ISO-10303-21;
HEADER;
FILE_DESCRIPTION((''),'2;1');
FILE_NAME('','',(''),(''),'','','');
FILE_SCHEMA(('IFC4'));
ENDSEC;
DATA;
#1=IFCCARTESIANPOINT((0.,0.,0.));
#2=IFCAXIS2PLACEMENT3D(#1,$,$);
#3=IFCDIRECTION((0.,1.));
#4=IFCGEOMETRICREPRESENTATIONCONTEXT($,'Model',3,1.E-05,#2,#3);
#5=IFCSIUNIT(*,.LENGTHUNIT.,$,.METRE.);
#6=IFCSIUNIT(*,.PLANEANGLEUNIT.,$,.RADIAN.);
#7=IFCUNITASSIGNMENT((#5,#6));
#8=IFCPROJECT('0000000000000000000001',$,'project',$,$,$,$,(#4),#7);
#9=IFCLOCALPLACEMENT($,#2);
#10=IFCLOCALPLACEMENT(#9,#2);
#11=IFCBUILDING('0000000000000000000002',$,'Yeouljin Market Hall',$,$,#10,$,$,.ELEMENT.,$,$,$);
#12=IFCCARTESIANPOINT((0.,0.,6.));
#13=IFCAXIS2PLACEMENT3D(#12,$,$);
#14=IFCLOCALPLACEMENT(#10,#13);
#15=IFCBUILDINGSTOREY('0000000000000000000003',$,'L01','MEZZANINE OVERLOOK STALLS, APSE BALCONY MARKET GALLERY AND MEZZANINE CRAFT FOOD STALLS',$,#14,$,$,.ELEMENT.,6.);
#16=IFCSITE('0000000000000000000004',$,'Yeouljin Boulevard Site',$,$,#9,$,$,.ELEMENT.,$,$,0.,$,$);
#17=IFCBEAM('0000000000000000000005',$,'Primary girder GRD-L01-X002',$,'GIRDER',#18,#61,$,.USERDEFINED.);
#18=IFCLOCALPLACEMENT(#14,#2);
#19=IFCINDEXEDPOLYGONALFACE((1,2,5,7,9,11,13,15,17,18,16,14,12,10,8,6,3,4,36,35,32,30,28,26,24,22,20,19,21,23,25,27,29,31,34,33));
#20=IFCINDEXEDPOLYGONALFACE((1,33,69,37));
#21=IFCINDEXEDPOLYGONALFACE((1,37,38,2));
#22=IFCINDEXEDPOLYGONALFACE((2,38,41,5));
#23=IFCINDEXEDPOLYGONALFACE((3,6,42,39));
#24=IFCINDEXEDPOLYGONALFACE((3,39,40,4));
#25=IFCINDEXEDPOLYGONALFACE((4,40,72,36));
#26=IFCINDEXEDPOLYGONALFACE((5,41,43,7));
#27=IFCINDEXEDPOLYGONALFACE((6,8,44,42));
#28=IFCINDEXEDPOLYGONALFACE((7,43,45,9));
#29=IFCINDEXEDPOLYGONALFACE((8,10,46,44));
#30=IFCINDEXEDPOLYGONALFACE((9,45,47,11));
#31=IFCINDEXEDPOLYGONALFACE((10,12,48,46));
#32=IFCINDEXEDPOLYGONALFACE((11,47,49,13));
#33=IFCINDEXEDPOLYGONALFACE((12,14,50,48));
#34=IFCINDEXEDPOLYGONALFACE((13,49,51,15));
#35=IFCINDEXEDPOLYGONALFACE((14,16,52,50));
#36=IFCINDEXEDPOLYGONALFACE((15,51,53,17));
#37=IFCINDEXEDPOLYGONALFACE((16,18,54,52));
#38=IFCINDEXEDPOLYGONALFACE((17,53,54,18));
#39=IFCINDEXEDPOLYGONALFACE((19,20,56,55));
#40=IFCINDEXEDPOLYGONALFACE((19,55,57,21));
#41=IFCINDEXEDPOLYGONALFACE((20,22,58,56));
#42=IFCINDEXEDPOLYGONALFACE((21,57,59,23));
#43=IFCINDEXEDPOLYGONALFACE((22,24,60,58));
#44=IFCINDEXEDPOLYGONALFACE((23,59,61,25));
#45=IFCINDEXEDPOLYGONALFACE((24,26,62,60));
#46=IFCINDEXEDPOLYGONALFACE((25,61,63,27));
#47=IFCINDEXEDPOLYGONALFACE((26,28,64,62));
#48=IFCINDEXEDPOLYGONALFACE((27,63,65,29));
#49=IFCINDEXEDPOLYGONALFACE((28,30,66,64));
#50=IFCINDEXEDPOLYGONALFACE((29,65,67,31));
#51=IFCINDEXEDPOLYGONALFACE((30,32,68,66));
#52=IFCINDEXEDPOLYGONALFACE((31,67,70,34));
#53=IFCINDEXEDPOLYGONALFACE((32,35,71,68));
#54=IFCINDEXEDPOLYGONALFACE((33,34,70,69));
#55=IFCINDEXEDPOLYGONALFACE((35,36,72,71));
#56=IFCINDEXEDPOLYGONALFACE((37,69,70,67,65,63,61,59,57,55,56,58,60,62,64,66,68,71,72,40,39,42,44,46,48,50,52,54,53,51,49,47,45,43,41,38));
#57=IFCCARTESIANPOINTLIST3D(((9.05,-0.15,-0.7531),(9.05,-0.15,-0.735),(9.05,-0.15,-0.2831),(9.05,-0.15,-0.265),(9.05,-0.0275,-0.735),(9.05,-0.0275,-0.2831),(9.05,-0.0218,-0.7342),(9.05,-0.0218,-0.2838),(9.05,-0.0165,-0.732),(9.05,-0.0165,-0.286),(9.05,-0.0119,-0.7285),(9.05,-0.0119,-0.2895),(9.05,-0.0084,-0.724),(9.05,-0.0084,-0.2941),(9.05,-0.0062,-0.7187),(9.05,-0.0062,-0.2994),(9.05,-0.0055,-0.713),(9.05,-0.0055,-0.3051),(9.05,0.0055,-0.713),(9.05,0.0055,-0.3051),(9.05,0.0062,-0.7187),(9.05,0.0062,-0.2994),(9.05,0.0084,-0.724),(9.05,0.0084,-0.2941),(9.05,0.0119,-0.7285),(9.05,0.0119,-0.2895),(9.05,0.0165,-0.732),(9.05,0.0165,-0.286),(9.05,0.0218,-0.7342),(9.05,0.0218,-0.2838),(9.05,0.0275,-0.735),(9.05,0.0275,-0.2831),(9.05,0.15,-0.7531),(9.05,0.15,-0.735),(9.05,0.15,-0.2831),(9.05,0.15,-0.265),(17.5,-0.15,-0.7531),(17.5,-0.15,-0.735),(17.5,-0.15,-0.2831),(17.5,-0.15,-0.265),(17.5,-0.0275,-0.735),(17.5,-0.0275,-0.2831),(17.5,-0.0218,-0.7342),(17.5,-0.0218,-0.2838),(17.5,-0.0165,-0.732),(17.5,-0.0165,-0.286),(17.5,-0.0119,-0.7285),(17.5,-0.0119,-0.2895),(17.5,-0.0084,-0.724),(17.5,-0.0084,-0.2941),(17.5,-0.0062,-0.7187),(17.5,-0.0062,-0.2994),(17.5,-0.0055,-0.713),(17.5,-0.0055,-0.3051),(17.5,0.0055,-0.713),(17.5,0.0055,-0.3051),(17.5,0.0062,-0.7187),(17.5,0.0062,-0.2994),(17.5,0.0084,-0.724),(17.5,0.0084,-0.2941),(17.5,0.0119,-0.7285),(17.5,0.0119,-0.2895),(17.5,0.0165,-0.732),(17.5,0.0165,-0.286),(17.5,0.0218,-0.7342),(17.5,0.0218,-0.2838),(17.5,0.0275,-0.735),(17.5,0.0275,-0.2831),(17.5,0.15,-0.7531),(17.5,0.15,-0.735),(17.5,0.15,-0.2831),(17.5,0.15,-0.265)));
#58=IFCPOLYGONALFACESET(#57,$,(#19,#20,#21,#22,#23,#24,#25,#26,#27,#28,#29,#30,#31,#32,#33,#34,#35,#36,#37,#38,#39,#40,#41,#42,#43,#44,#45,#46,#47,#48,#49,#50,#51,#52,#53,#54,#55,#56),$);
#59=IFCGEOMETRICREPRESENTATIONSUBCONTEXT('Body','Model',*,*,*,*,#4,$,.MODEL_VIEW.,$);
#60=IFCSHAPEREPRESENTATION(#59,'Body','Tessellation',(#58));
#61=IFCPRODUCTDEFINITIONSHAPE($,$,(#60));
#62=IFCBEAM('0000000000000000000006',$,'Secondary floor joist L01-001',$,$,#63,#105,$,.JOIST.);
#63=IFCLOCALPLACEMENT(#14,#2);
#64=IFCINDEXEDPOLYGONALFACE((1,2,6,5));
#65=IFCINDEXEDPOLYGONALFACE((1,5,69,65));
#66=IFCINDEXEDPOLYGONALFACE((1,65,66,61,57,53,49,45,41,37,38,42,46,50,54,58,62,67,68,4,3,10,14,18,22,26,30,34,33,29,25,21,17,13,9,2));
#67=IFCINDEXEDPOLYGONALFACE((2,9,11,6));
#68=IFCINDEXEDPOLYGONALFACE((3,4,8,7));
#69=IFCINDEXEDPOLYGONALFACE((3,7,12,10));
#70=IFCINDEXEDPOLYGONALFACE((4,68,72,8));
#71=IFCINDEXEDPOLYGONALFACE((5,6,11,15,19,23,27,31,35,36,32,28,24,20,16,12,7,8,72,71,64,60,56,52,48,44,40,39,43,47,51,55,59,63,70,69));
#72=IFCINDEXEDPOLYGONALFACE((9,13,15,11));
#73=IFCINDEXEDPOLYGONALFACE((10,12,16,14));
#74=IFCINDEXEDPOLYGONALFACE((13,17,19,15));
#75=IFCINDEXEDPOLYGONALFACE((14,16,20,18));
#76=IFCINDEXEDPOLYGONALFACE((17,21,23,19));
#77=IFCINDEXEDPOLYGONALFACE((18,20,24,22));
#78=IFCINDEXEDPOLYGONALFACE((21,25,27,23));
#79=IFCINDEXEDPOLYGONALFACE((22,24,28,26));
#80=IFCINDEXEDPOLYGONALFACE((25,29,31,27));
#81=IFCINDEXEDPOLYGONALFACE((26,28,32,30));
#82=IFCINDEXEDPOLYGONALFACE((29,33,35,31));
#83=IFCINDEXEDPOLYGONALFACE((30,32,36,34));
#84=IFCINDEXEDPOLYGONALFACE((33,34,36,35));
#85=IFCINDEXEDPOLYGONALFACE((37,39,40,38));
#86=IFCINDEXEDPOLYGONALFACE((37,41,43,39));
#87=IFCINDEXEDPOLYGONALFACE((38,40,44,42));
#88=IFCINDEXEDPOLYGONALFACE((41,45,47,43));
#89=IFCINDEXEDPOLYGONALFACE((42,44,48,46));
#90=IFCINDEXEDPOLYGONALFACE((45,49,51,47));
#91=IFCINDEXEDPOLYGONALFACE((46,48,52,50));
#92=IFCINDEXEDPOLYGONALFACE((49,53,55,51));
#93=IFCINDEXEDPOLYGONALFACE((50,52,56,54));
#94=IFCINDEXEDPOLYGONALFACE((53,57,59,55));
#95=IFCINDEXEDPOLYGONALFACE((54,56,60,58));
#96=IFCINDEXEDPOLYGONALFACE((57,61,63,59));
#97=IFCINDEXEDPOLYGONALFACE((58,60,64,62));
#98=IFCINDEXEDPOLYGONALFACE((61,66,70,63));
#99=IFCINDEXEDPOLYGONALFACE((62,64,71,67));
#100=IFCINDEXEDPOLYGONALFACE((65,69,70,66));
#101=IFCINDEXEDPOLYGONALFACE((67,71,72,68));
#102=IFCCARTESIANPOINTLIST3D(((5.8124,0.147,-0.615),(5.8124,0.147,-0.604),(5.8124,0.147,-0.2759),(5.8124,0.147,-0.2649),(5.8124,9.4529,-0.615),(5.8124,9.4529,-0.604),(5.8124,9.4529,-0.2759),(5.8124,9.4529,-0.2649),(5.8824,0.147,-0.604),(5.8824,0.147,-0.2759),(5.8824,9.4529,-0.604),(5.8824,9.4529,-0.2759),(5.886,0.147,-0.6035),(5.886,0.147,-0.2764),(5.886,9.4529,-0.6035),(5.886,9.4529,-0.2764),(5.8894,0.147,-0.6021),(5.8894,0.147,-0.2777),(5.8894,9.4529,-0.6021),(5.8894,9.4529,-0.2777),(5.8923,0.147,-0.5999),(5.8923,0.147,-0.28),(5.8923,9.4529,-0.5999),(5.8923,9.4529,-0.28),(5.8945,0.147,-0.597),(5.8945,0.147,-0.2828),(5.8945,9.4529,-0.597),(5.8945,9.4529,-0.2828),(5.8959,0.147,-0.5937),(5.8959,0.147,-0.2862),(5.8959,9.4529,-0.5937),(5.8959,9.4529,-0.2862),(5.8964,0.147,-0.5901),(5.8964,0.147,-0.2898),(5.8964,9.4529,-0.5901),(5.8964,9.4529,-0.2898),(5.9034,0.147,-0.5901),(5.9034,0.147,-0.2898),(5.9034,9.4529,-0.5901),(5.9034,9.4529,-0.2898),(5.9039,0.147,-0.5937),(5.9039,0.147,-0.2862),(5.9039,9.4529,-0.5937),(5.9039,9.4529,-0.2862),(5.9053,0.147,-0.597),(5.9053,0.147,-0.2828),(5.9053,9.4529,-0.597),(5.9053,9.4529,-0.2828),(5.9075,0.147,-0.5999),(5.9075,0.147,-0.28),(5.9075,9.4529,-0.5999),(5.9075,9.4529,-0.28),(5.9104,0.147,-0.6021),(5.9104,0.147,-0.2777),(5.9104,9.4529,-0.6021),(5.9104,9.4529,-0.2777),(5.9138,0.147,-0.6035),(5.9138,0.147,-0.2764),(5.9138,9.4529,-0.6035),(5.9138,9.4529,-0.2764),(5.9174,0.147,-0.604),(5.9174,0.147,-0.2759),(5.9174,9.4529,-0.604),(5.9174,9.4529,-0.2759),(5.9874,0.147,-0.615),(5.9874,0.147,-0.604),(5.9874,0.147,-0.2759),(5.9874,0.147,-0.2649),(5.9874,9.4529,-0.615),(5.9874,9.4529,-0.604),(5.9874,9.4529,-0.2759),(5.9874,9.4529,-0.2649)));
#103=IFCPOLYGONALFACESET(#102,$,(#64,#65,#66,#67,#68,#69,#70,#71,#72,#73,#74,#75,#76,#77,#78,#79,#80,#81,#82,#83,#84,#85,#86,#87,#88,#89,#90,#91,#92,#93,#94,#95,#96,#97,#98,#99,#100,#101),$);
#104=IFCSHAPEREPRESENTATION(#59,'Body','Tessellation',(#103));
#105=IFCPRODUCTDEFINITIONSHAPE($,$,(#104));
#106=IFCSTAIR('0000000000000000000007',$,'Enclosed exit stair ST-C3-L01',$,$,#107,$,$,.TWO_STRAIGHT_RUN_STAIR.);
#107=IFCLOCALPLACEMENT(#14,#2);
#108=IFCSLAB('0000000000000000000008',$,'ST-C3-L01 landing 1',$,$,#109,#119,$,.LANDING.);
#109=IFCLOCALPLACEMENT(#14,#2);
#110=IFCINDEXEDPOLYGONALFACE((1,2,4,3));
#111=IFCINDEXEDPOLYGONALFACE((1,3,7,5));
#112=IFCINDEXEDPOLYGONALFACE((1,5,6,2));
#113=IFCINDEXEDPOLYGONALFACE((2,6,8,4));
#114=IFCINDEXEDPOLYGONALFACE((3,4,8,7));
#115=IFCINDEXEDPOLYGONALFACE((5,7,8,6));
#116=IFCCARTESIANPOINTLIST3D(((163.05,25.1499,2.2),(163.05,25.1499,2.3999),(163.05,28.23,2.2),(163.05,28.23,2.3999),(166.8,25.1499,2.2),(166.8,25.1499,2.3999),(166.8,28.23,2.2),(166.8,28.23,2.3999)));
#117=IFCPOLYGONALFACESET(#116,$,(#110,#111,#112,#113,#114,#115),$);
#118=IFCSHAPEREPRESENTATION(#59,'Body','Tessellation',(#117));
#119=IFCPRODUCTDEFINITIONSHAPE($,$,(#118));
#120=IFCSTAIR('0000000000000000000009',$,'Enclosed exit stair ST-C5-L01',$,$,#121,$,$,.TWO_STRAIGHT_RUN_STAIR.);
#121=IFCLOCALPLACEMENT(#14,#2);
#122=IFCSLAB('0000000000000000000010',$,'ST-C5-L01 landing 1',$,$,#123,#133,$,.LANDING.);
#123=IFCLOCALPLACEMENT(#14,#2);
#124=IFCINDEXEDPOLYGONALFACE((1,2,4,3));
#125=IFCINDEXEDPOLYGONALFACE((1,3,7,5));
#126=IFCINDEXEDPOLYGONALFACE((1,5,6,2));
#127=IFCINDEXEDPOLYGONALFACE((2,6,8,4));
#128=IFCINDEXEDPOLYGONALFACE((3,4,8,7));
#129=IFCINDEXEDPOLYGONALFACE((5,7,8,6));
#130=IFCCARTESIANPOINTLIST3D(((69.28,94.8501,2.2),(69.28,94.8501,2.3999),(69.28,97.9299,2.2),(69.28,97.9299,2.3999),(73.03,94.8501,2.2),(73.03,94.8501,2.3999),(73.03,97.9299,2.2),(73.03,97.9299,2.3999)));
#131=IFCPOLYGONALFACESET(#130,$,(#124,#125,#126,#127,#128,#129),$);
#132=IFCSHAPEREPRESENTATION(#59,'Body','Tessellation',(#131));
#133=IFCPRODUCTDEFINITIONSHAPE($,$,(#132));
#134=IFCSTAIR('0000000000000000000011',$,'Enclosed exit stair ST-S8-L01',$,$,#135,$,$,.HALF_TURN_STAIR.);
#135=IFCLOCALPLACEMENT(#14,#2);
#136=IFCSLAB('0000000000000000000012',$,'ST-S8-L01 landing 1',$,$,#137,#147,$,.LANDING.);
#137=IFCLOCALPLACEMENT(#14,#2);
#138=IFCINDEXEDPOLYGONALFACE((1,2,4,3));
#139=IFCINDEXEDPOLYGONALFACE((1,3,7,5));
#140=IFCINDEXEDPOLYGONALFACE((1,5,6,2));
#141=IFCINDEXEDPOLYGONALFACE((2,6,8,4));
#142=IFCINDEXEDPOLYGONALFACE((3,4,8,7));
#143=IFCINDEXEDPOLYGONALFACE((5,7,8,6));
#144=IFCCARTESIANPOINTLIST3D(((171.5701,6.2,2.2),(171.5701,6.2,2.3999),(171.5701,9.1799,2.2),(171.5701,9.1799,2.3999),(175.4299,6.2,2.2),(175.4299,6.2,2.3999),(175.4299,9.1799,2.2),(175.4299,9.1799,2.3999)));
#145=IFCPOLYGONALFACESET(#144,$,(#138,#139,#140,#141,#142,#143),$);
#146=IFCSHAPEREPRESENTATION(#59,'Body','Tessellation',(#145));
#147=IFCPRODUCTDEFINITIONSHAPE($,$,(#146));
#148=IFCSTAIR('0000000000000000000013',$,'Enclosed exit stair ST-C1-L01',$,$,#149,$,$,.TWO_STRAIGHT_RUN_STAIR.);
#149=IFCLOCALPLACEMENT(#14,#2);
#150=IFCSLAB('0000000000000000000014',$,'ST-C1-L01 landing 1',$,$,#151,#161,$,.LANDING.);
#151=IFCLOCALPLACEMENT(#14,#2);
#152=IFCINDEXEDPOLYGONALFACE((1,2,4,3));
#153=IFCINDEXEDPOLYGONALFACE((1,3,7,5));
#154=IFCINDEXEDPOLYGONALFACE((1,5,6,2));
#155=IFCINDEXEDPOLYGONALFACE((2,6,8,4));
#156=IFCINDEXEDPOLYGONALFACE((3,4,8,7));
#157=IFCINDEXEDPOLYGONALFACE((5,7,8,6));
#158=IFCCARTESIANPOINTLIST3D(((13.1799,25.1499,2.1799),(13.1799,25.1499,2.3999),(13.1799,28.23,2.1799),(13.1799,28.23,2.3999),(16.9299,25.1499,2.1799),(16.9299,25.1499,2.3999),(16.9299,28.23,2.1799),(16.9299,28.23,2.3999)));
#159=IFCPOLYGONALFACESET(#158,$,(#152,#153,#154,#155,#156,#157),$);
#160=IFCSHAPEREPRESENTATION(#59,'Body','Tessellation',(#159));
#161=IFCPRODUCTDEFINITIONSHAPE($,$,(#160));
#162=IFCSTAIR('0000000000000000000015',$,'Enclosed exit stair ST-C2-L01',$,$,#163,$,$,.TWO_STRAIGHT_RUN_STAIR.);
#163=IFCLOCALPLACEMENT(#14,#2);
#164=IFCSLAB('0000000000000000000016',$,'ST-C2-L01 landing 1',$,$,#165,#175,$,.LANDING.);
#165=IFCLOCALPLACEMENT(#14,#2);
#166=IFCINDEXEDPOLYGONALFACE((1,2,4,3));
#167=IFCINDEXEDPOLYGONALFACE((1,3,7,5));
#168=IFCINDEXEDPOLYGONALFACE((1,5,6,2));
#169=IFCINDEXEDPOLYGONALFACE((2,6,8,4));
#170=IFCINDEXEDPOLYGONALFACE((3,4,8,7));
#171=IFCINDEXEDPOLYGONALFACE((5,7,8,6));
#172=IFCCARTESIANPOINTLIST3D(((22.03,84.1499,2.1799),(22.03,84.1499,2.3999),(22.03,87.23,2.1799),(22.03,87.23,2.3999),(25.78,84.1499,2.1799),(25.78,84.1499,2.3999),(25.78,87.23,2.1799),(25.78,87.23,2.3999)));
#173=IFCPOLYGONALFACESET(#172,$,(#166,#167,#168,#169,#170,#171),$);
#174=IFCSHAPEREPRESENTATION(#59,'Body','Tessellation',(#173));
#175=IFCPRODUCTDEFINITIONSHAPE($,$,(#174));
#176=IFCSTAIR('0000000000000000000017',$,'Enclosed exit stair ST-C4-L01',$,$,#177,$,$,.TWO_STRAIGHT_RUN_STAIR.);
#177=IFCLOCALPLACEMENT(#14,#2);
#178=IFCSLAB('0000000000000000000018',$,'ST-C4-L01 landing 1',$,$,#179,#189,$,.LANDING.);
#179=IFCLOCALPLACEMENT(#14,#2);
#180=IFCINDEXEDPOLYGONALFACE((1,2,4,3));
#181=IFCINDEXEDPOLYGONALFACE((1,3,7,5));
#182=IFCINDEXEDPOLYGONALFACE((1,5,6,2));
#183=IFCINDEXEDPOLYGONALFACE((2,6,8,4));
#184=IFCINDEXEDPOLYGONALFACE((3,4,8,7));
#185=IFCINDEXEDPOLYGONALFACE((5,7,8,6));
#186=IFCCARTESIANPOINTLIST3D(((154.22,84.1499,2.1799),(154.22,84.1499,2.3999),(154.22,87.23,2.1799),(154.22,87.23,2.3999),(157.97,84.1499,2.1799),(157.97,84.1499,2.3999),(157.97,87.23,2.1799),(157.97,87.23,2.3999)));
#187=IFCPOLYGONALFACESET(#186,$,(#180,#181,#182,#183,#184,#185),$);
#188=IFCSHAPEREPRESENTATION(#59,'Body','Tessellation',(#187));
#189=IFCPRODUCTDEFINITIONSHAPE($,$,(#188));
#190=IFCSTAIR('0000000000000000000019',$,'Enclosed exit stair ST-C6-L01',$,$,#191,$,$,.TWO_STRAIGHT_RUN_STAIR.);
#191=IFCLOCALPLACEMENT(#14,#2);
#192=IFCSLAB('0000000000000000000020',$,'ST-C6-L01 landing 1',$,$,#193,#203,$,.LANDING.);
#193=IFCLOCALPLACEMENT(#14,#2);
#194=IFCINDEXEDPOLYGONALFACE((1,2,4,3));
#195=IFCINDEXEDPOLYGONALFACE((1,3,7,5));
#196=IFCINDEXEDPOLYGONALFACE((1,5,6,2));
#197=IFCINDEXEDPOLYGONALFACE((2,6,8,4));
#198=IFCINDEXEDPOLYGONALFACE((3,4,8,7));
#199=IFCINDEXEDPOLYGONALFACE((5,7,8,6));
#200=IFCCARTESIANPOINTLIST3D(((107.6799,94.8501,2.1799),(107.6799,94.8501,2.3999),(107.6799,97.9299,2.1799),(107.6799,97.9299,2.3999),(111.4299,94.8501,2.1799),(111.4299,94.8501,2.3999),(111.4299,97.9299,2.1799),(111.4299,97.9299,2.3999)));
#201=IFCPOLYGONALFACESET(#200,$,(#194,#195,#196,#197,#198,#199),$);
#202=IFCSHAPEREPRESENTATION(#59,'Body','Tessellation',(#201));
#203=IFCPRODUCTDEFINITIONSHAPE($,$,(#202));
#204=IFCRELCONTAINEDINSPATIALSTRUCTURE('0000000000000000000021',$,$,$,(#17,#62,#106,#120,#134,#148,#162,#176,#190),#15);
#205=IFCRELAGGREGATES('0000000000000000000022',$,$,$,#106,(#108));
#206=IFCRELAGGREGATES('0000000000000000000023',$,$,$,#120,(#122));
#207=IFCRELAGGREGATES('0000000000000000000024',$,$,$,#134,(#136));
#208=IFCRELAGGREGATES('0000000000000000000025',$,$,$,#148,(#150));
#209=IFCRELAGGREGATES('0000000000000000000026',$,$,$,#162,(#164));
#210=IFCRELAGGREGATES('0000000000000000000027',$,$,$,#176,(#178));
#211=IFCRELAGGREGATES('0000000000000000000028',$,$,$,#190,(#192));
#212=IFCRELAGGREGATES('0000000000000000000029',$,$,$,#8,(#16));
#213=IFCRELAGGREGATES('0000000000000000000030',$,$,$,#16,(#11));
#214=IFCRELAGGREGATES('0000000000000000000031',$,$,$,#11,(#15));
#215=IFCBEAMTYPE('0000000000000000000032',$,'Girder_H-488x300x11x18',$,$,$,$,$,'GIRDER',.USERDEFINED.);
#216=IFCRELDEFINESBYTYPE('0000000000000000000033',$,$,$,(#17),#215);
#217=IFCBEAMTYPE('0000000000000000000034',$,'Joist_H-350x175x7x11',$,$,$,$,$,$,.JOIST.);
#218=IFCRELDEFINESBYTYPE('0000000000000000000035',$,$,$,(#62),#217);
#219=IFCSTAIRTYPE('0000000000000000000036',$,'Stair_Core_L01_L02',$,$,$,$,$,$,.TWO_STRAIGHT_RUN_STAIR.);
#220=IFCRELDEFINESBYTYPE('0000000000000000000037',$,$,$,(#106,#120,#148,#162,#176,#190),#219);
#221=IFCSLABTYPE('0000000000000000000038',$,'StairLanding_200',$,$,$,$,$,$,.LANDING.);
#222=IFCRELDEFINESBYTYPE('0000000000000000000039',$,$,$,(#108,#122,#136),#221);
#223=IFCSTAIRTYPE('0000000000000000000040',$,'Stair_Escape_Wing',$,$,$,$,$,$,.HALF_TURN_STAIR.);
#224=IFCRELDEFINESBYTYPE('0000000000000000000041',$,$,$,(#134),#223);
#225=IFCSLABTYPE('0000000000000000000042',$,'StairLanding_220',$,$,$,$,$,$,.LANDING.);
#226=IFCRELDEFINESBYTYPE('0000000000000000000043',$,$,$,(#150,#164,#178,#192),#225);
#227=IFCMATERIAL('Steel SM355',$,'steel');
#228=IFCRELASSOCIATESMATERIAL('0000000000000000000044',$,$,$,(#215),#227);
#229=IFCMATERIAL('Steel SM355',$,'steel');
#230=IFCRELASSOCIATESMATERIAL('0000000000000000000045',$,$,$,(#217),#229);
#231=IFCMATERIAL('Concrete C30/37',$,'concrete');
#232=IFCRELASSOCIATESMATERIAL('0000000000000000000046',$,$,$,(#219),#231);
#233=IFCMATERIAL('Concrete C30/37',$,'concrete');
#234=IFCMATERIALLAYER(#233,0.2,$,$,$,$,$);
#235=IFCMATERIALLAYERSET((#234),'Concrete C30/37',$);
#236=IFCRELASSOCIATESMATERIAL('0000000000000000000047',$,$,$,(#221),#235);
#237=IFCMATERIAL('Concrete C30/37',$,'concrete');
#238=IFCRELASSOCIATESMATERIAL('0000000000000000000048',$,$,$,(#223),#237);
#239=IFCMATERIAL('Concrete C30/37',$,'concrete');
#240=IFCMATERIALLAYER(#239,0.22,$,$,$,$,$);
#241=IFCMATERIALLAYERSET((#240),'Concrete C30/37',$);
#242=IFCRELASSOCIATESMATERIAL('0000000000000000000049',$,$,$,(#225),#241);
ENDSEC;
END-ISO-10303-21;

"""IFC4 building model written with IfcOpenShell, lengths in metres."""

from ifc_helpers import new_model, si_unit, direction, frame, origin, origin_2d, place, context, subcontext, project, spatial, polyline, i_section, outline, extrude, material, layer, layer_set, material_profile, profile_set, type_object, element, aggregate, save


model = new_model("IFC4")

# Units and contexts
model_context = context("Model", 3, precision=1e-05, world=origin(), true_north=direction((0.0, 1.0)))
body_context = subcontext(model_context, "Body", "Model", "MODEL_VIEW")
ifc_project = project(units=[si_unit("LENGTHUNIT", "METRE"), si_unit("PLANEANGLEUNIT", "RADIAN")], contexts=[model_context])

# Site, building, storey
site_placement = place(None, origin())
site = spatial("IfcSite", under=ifc_project, at=site_placement, Name="Yeouljin Boulevard Site", CompositionType="ELEMENT", RefElevation=0.0)
building_placement = place(site_placement, origin())
building = spatial("IfcBuilding", under=site, at=building_placement, Name="Yeouljin Market Hall", CompositionType="ELEMENT")
storey_placement = place(building_placement, frame((0.0, 0.0, 6.0)))
storey = spatial("IfcBuildingStorey", under=building, at=storey_placement, Name="L01", Description="MEZZANINE OVERLOOK STALLS, APSE BALCONY MARKET GALLERY AND MEZZANINE CRAFT FOOD STALLS", CompositionType="ELEMENT", Elevation=6.0)

# Beams
ifc_material_1 = material(Name="Steel SM355", Category="steel")
ifc_material_profile_1 = material_profile(ifc_material_1, i_section(OverallWidth=0.3, OverallDepth=0.488, WebThickness=0.011, FlangeThickness=0.0181, FilletRadius=0.022, at=origin_2d()), Name="H-488x300x11x18")
ifc_profile_set_1 = profile_set([ifc_material_profile_1], Name="Steel SM355")
beam_type_1 = type_object("IfcBeamType", Name="Girder_H-488x300x11x18", ElementType="GIRDER", PredefinedType="USERDEFINED", material=ifc_profile_set_1)
for number, where, z_axis, x_axis, name in (
    (1, (9.05, 0.0, -0.509), (1.0, 0.0, 0.0), (0.0, 1.0, 0.0), "Primary girder GRD-L01-X002"),
):
    element("IfcBeam", number, at=place(storey_placement, frame(where, z_axis=z_axis, x_axis=x_axis)), inside=storey, type_object=beam_type_1, Name=name, ObjectType="GIRDER", PredefinedType="USERDEFINED", context=body_context, shape_type="SweptSolid", body=[
        extrude(i_section(OverallWidth=0.3, OverallDepth=0.488, WebThickness=0.011, FlangeThickness=0.0181, FilletRadius=0.022, at=origin_2d()), origin(), (0.0, 0.0, 1.0), 8.45),
    ])
ifc_material_2 = material(Name="Steel SM355", Category="steel")
ifc_material_profile_2 = material_profile(ifc_material_2, i_section(OverallWidth=0.175, OverallDepth=0.3501, WebThickness=0.0071, FlangeThickness=0.011, FilletRadius=0.0139, at=origin_2d()), Name="H-350x175x7x11")
ifc_profile_set_2 = profile_set([ifc_material_profile_2], Name="Steel SM355")
beam_type_2 = type_object("IfcBeamType", Name="Joist_H-350x175x7x11", PredefinedType="JOIST", material=ifc_profile_set_2)
beam_placement = place(storey_placement, frame((5.8999, 0.147, -0.4399), z_axis=(0.0, 1.0, 0.0), x_axis=(-1.0, 0.0, 0.0)))
element("IfcBeam", 2, at=beam_placement, inside=storey, type_object=beam_type_2, Name="Secondary floor joist L01-001", PredefinedType="JOIST", context=body_context, shape_type="SweptSolid", body=[
    extrude(i_section(OverallWidth=0.175, OverallDepth=0.3501, WebThickness=0.0071, FlangeThickness=0.011, FilletRadius=0.0139, at=origin_2d()), origin(), (0.0, 0.0, 1.0), 9.3059),
])

# Stairs, slabs
ifc_material_3 = material(Name="Concrete C30/37", Category="concrete")
stair_type_1 = type_object("IfcStairType", Name="Stair_Core_L01_L02", PredefinedType="TWO_STRAIGHT_RUN_STAIR", material=ifc_material_3)
stair_1_placement = place(storey_placement, origin())
stair_1 = element("IfcStair", 3, at=stair_1_placement, inside=storey, type_object=stair_type_1, Name="Enclosed exit stair ST-C3-L01", PredefinedType="TWO_STRAIGHT_RUN_STAIR")
ifc_material_4 = material(Name="Concrete C30/37", Category="concrete")
ifc_layer_1 = layer(ifc_material_4, 0.2)
ifc_layer_set_1 = layer_set([ifc_layer_1], Name="Concrete C30/37")
slab_type_1 = type_object("IfcSlabType", Name="StairLanding_200", PredefinedType="LANDING", material=ifc_layer_set_1)
slab_1_placement = place(storey_placement, frame((0.0, 0.0, 2.2)))
slab_1 = element("IfcSlab", 4, at=slab_1_placement, type_object=slab_type_1, Name="ST-C3-L01 landing 1", PredefinedType="LANDING", context=body_context, shape_type="SweptSolid", body=[
    extrude(outline(polyline([(163.05, 25.1499), (166.8, 25.1499), (166.8, 28.23), (163.05, 28.23), (163.05, 25.1499)])), origin(), (0.0, 0.0, 1.0), 0.2),
])
aggregate(stair_1, [slab_1])
stair_2_placement = place(storey_placement, origin())
stair_2 = element("IfcStair", 5, at=stair_2_placement, inside=storey, type_object=stair_type_1, Name="Enclosed exit stair ST-C5-L01", PredefinedType="TWO_STRAIGHT_RUN_STAIR")
slab_2_placement = place(storey_placement, frame((0.0, 0.0, 2.2)))
slab_2 = element("IfcSlab", 6, at=slab_2_placement, type_object=slab_type_1, Name="ST-C5-L01 landing 1", PredefinedType="LANDING", context=body_context, shape_type="SweptSolid", body=[
    extrude(outline(polyline([(69.28, 94.8501), (73.03, 94.8501), (73.03, 97.9299), (69.28, 97.9299), (69.28, 94.8501)])), origin(), (0.0, 0.0, 1.0), 0.2),
])
aggregate(stair_2, [slab_2])
ifc_material_5 = material(Name="Concrete C30/37", Category="concrete")
stair_type_2 = type_object("IfcStairType", Name="Stair_Escape_Wing", PredefinedType="HALF_TURN_STAIR", material=ifc_material_5)
stair_3_placement = place(storey_placement, origin())
stair_3 = element("IfcStair", 7, at=stair_3_placement, inside=storey, type_object=stair_type_2, Name="Enclosed exit stair ST-S8-L01", PredefinedType="HALF_TURN_STAIR")
slab_3_placement = place(storey_placement, frame((0.0, 0.0, 2.2)))
slab_3 = element("IfcSlab", 8, at=slab_3_placement, type_object=slab_type_1, Name="ST-S8-L01 landing 1", PredefinedType="LANDING", context=body_context, shape_type="SweptSolid", body=[
    extrude(outline(polyline([(171.5701, 6.2), (175.4299, 6.2), (175.4299, 9.1799), (171.5701, 9.1799), (171.5701, 6.2)])), origin(), (0.0, 0.0, 1.0), 0.2),
])
aggregate(stair_3, [slab_3])
stair_4_placement = place(storey_placement, origin())
stair_4 = element("IfcStair", 9, at=stair_4_placement, inside=storey, type_object=stair_type_1, Name="Enclosed exit stair ST-C1-L01", PredefinedType="TWO_STRAIGHT_RUN_STAIR")
ifc_material_6 = material(Name="Concrete C30/37", Category="concrete")
ifc_layer_2 = layer(ifc_material_6, 0.22)
ifc_layer_set_2 = layer_set([ifc_layer_2], Name="Concrete C30/37")
slab_type_2 = type_object("IfcSlabType", Name="StairLanding_220", PredefinedType="LANDING", material=ifc_layer_set_2)
slab_4_placement = place(storey_placement, frame((0.0, 0.0, 2.1799)))
slab_4 = element("IfcSlab", 10, at=slab_4_placement, type_object=slab_type_2, Name="ST-C1-L01 landing 1", PredefinedType="LANDING", context=body_context, shape_type="SweptSolid", body=[
    extrude(outline(polyline([(13.1799, 25.1499), (16.9299, 25.1499), (16.9299, 28.23), (13.1799, 28.23), (13.1799, 25.1499)])), origin(), (0.0, 0.0, 1.0), 0.22),
])
aggregate(stair_4, [slab_4])
stair_5_placement = place(storey_placement, origin())
stair_5 = element("IfcStair", 11, at=stair_5_placement, inside=storey, type_object=stair_type_1, Name="Enclosed exit stair ST-C2-L01", PredefinedType="TWO_STRAIGHT_RUN_STAIR")
slab_5_placement = place(storey_placement, frame((0.0, 0.0, 2.1799)))
slab_5 = element("IfcSlab", 12, at=slab_5_placement, type_object=slab_type_2, Name="ST-C2-L01 landing 1", PredefinedType="LANDING", context=body_context, shape_type="SweptSolid", body=[
    extrude(outline(polyline([(22.03, 84.1499), (25.78, 84.1499), (25.78, 87.23), (22.03, 87.23), (22.03, 84.1499)])), origin(), (0.0, 0.0, 1.0), 0.22),
])
aggregate(stair_5, [slab_5])
stair_6_placement = place(storey_placement, origin())
stair_6 = element("IfcStair", 13, at=stair_6_placement, inside=storey, type_object=stair_type_1, Name="Enclosed exit stair ST-C4-L01", PredefinedType="TWO_STRAIGHT_RUN_STAIR")
slab_6_placement = place(storey_placement, frame((0.0, 0.0, 2.1799)))
slab_6 = element("IfcSlab", 14, at=slab_6_placement, type_object=slab_type_2, Name="ST-C4-L01 landing 1", PredefinedType="LANDING", context=body_context, shape_type="SweptSolid", body=[
    extrude(outline(polyline([(154.22, 84.1499), (157.97, 84.1499), (157.97, 87.23), (154.22, 87.23), (154.22, 84.1499)])), origin(), (0.0, 0.0, 1.0), 0.22),
])
aggregate(stair_6, [slab_6])
stair_7_placement = place(storey_placement, origin())
stair_7 = element("IfcStair", 15, at=stair_7_placement, inside=storey, type_object=stair_type_1, Name="Enclosed exit stair ST-C6-L01", PredefinedType="TWO_STRAIGHT_RUN_STAIR")
slab_7_placement = place(storey_placement, frame((0.0, 0.0, 2.1799)))
slab_7 = element("IfcSlab", 16, at=slab_7_placement, type_object=slab_type_2, Name="ST-C6-L01 landing 1", PredefinedType="LANDING", context=body_context, shape_type="SweptSolid", body=[
    extrude(outline(polyline([(107.6799, 94.8501), (111.4299, 94.8501), (111.4299, 97.9299), (107.6799, 97.9299), (107.6799, 94.8501)])), origin(), (0.0, 0.0, 1.0), 0.22),
])
aggregate(stair_7, [slab_7])

save(model, "model.ifc")
